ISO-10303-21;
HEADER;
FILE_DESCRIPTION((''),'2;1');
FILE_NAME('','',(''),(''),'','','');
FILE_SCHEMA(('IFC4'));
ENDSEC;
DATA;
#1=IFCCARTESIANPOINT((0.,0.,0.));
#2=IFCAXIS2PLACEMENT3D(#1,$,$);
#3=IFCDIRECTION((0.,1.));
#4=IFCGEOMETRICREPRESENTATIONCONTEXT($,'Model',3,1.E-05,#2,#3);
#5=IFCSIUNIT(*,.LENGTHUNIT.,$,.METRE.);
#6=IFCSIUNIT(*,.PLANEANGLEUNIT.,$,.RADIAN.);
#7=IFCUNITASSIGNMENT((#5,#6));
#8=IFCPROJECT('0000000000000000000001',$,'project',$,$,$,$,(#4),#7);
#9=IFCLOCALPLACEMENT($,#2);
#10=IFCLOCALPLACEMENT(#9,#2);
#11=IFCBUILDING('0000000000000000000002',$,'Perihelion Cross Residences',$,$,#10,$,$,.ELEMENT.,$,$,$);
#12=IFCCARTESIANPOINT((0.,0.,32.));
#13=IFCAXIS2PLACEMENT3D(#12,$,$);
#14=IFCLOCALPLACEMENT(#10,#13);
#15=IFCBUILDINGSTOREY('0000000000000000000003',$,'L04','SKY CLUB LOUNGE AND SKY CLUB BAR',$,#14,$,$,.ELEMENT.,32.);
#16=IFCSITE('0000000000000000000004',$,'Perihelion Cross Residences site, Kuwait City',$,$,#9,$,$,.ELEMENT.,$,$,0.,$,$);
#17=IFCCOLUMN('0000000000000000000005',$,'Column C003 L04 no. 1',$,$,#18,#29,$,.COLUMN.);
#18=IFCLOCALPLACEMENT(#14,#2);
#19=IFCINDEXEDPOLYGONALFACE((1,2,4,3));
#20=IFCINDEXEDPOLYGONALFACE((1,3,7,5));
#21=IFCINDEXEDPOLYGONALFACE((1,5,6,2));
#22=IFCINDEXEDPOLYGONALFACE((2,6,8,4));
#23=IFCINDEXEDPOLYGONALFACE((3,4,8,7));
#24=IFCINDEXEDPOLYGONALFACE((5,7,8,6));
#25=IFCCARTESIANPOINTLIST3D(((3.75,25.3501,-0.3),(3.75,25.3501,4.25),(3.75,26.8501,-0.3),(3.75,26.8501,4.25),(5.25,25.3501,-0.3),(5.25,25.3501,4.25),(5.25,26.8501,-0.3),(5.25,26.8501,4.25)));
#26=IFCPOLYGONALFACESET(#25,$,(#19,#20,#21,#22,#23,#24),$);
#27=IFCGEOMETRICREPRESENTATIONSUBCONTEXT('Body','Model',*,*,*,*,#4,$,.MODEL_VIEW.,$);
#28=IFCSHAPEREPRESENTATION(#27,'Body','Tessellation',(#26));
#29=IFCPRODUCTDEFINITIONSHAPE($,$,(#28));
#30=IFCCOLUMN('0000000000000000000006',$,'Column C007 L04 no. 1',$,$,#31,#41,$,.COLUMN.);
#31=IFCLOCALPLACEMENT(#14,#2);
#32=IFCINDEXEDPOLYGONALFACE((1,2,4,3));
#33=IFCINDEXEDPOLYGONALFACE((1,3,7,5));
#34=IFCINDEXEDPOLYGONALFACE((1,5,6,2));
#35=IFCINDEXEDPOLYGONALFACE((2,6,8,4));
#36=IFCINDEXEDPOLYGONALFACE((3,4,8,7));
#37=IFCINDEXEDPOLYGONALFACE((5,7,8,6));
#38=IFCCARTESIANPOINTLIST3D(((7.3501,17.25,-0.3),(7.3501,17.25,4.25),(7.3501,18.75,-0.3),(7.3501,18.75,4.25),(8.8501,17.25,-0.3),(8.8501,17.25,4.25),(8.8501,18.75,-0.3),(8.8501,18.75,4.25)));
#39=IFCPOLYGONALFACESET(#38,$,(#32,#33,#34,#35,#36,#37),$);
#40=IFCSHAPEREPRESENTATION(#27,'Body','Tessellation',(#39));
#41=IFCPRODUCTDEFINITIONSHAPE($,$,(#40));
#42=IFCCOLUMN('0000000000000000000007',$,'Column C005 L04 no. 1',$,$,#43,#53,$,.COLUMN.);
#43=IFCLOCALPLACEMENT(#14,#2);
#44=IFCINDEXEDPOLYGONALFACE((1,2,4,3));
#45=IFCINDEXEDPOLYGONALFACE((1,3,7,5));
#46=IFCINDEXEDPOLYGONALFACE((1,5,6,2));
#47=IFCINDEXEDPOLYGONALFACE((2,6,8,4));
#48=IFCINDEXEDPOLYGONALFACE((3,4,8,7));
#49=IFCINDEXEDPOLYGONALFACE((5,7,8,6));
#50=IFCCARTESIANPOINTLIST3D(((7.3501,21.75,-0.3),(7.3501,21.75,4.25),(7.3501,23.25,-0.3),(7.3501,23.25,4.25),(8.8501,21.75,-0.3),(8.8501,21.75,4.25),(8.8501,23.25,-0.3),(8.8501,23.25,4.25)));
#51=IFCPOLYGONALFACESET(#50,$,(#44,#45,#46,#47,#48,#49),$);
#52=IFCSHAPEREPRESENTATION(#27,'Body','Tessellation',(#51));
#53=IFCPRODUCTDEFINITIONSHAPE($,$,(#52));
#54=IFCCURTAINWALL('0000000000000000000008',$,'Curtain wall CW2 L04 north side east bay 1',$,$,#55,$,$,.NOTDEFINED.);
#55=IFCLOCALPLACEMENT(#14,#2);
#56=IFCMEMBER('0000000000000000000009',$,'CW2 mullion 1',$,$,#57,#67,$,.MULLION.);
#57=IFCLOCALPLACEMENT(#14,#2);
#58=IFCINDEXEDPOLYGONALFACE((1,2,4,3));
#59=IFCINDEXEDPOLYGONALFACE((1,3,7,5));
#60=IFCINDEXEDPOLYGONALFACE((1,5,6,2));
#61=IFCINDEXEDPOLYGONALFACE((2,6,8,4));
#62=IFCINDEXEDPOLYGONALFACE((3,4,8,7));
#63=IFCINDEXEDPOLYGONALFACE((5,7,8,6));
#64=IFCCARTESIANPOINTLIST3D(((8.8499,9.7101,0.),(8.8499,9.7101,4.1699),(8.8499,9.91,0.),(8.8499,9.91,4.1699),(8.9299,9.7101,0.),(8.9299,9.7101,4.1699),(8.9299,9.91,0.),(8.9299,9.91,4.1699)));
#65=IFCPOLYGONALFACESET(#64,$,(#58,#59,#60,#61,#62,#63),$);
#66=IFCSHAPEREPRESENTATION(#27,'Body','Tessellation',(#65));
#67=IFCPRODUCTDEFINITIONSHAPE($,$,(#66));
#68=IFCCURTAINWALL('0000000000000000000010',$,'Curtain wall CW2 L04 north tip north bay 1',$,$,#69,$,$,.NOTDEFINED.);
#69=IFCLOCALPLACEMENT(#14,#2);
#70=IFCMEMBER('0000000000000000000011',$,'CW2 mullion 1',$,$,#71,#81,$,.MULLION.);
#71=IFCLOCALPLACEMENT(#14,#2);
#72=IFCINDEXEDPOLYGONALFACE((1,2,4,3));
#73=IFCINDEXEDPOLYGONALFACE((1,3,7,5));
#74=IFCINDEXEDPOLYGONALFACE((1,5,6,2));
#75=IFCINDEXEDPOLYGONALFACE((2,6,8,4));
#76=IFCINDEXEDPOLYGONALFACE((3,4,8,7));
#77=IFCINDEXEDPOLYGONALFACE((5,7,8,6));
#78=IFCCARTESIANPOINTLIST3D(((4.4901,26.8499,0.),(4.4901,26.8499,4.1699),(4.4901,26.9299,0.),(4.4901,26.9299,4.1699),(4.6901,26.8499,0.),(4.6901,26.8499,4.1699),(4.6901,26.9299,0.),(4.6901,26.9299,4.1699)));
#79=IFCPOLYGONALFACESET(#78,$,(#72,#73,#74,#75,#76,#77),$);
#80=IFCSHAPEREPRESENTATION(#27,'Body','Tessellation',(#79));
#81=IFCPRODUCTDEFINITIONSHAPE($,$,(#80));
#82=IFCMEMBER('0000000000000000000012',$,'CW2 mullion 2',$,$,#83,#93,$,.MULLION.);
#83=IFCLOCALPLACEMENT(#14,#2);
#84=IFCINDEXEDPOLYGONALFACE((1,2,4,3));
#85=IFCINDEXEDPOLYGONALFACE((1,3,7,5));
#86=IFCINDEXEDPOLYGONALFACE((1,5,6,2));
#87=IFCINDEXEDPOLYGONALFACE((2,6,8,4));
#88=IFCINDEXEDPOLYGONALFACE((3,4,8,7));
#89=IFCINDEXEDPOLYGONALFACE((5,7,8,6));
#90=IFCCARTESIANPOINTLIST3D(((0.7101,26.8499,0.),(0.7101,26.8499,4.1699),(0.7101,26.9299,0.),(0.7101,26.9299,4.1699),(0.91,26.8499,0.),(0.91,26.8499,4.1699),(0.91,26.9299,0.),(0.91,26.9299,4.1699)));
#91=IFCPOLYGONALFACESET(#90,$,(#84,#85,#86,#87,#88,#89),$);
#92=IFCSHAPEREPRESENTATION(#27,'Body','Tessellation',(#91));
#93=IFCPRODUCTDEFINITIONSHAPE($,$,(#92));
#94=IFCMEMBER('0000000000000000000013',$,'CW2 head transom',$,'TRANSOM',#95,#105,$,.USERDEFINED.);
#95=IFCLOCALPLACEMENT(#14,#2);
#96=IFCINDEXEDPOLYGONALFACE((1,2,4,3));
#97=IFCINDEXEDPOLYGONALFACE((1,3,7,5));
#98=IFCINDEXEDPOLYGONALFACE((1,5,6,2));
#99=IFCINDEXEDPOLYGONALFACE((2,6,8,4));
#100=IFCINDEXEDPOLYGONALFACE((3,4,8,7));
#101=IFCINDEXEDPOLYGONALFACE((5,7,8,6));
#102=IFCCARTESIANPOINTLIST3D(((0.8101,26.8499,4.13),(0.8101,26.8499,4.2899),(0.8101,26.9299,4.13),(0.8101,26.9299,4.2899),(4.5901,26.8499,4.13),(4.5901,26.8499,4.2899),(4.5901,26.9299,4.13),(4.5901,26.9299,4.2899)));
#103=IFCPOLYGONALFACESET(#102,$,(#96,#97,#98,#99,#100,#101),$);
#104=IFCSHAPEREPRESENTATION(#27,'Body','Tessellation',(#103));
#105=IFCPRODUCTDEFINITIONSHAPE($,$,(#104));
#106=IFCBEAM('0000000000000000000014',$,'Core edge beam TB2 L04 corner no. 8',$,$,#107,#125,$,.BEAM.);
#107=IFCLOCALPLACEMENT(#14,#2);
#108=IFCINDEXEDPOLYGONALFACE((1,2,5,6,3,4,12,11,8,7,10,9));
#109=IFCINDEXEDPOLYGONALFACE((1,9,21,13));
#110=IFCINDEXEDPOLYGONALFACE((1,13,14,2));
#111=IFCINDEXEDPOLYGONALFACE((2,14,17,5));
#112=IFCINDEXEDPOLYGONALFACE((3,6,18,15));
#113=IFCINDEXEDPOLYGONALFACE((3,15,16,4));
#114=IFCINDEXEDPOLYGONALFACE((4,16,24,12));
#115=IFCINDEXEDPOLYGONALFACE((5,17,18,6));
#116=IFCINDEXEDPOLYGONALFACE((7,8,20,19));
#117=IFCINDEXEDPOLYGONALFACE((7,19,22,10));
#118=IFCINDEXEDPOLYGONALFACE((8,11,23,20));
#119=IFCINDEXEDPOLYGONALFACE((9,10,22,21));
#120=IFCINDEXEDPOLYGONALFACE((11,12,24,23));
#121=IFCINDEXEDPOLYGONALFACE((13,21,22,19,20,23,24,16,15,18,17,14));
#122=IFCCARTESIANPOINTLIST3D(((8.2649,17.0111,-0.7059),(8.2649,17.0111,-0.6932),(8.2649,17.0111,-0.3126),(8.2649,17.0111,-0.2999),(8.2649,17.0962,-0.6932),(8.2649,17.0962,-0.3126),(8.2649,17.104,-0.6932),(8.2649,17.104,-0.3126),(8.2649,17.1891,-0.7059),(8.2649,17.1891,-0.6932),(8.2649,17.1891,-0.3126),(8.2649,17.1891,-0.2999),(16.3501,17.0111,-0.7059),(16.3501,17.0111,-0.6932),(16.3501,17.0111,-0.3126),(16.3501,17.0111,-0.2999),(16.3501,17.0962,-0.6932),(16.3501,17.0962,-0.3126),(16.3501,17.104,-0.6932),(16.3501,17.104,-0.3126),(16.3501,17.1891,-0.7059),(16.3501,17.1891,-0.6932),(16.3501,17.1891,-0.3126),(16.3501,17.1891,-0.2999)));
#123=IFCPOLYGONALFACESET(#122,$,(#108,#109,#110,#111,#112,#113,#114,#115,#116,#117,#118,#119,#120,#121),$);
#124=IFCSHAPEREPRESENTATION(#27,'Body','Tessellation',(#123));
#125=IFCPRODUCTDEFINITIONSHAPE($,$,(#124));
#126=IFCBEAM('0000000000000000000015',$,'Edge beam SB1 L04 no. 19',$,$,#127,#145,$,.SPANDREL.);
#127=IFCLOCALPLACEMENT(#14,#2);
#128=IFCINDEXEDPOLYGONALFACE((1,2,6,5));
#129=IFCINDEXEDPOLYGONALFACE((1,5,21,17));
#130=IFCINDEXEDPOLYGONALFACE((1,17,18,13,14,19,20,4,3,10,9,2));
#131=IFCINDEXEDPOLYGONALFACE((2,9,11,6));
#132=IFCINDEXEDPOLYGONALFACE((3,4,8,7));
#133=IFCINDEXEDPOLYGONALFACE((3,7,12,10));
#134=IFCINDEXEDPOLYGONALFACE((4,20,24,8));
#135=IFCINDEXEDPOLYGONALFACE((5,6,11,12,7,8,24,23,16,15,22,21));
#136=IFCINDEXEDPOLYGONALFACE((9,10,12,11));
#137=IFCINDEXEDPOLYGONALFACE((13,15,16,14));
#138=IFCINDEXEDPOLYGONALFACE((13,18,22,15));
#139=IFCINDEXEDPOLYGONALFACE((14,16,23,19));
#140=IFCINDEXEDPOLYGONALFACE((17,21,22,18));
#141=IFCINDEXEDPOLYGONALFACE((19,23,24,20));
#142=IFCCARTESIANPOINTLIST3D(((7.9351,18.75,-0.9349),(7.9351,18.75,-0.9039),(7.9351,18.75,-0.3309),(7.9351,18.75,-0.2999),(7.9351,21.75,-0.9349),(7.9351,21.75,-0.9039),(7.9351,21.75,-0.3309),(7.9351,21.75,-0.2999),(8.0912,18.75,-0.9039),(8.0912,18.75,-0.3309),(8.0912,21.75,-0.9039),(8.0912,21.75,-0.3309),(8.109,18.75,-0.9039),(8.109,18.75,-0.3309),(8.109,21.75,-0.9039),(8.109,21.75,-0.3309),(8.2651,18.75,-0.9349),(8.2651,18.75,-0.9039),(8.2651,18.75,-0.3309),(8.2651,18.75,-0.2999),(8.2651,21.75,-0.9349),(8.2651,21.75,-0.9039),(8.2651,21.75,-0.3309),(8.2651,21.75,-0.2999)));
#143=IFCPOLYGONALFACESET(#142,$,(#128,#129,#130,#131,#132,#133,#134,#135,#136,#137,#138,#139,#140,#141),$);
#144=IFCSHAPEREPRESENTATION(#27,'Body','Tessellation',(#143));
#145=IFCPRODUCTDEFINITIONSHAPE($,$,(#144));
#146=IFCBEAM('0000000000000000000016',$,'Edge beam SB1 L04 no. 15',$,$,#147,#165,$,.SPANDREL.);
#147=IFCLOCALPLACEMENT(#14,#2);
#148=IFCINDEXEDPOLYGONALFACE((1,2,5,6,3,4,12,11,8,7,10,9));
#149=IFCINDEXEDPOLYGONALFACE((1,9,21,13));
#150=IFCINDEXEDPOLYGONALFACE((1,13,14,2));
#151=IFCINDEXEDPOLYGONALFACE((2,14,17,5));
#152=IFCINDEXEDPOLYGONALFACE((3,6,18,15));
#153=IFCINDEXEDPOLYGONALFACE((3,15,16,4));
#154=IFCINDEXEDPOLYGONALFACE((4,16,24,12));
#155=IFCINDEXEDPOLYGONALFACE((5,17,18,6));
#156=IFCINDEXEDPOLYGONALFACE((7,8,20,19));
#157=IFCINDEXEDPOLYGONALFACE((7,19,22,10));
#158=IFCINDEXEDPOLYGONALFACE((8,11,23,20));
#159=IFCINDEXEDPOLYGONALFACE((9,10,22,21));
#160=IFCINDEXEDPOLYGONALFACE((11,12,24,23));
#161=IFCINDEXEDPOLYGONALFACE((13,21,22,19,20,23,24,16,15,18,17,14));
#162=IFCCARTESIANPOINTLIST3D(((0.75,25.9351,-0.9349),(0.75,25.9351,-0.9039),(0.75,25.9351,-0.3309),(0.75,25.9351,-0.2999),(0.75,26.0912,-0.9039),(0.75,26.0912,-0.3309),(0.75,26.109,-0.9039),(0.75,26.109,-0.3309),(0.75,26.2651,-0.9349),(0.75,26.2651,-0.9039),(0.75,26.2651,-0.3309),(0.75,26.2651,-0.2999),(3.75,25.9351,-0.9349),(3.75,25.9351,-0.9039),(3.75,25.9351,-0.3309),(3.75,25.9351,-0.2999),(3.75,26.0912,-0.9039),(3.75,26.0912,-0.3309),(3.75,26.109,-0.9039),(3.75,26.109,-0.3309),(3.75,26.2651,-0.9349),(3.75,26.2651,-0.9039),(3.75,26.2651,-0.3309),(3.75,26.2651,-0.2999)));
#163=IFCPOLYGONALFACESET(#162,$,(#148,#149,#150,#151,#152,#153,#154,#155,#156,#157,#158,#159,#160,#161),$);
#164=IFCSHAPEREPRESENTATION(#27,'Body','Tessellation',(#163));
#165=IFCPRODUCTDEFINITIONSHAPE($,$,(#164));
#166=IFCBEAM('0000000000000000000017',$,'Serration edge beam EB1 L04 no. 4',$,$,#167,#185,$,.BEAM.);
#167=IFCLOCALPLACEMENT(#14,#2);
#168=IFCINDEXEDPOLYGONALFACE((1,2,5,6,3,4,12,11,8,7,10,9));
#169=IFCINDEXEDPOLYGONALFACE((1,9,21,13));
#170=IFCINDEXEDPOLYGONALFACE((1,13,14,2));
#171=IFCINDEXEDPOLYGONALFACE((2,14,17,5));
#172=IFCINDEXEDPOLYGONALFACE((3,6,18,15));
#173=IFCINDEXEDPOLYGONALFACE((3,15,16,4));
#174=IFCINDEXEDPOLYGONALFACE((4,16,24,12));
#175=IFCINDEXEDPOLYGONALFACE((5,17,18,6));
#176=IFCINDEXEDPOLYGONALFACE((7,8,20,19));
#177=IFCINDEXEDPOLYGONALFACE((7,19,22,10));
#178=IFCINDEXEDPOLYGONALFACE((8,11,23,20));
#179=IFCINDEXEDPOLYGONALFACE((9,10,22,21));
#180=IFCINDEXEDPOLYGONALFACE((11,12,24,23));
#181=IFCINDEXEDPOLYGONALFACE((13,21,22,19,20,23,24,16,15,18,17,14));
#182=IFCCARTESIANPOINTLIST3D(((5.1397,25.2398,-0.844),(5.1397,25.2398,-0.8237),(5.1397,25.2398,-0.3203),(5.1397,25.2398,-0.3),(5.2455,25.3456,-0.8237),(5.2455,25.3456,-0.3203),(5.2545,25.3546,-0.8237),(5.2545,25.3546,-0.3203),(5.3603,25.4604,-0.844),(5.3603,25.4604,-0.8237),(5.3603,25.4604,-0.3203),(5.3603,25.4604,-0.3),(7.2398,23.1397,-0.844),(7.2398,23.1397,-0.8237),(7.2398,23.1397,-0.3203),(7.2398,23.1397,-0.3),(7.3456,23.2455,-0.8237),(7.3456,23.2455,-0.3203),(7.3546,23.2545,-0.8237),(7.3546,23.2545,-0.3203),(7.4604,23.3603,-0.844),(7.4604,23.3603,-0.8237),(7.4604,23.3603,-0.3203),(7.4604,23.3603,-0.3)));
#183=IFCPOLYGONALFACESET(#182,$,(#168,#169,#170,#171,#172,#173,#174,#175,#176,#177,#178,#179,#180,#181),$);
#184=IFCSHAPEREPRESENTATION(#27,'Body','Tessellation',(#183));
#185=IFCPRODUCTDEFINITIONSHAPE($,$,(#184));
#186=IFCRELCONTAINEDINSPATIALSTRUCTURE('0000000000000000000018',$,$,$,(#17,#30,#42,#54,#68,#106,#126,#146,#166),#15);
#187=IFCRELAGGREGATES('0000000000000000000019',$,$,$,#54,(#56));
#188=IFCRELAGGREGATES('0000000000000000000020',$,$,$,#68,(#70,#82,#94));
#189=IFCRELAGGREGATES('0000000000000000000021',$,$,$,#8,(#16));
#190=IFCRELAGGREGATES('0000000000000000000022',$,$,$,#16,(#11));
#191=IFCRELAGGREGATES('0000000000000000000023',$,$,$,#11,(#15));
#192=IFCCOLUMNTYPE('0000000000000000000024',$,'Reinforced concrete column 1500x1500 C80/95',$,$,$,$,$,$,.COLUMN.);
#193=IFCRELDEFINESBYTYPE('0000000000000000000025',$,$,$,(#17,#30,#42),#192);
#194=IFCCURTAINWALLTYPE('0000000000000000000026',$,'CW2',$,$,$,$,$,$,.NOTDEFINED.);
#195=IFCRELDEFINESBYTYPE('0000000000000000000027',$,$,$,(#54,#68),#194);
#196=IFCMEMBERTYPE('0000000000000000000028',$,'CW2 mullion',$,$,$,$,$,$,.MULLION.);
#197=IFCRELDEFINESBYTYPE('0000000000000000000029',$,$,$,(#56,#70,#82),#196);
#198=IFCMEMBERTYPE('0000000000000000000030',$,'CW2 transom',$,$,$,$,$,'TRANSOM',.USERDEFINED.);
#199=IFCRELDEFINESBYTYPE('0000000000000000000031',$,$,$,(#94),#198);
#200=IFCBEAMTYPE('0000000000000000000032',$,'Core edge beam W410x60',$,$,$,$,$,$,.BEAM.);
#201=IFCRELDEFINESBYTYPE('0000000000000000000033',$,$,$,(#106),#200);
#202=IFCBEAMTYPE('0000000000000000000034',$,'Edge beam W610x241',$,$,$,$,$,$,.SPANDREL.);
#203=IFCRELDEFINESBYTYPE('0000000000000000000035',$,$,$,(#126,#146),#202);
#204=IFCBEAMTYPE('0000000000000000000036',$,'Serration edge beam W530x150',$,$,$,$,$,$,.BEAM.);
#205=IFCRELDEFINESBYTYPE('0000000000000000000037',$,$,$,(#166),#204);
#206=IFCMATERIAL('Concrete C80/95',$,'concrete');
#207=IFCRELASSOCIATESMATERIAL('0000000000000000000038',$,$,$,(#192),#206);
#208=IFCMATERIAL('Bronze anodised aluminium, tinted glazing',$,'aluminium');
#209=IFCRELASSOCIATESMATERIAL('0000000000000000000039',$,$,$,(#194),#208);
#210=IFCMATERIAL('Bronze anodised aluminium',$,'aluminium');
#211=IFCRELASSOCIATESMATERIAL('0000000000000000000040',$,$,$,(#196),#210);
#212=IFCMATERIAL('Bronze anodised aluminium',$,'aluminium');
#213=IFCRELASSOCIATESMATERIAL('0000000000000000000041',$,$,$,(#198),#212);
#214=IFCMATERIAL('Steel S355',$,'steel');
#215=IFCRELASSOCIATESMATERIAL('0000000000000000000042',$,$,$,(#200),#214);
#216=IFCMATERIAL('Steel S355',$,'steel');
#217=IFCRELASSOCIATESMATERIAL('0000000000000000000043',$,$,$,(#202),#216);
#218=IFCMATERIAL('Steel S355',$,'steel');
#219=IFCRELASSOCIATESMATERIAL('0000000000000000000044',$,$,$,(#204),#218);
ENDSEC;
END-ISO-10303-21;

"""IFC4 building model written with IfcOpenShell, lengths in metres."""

from ifc_helpers import new_model, si_unit, direction, frame, origin, origin_2d, place, context, subcontext, project, spatial, rectangle, i_section, extrude, material, material_profile, profile_set, type_object, element, aggregate, save


model = new_model("IFC4")

# Units and contexts
model_context = context("Model", 3, precision=1e-05, world=origin(), true_north=direction((0.0, 1.0)))
body_context = subcontext(model_context, "Body", "Model", "MODEL_VIEW")
ifc_project = project(units=[si_unit("LENGTHUNIT", "METRE"), si_unit("PLANEANGLEUNIT", "RADIAN")], contexts=[model_context])

# Site, building, storey
site_placement = place(None, origin())
site = spatial("IfcSite", under=ifc_project, at=site_placement, Name="Perihelion Cross Residences site, Kuwait City", CompositionType="ELEMENT", RefElevation=0.0)
building_placement = place(site_placement, origin())
building = spatial("IfcBuilding", under=site, at=building_placement, Name="Perihelion Cross Residences", CompositionType="ELEMENT")
storey_placement = place(building_placement, frame((0.0, 0.0, 32.0)))
storey = spatial("IfcBuildingStorey", under=building, at=storey_placement, Name="L04", Description="SKY CLUB LOUNGE AND SKY CLUB BAR", CompositionType="ELEMENT", Elevation=32.0)

# Columns
ifc_material_1 = material(Name="Concrete C80/95", Category="concrete")
ifc_material_profile_1 = material_profile(ifc_material_1, rectangle(XDim=1.5, YDim=1.5, at=origin_2d()), Name="RC 1500x1500")
ifc_profile_set_1 = profile_set([ifc_material_profile_1], Name="Concrete C80/95")
column_type = type_object("IfcColumnType", Name="Reinforced concrete column 1500x1500 C80/95", PredefinedType="COLUMN", material=ifc_profile_set_1)
for number, where, z_axis, x_axis, name in (
    (1, (4.5, 26.1001, -0.3), (0.0, 0.0, 1.0), (1.0, 0.0, 0.0), "Column C003 L04 no. 1"),
    (2, (8.1001, 18.0, -0.3), (0.0, 0.0, 1.0), (1.0, 0.0, 0.0), "Column C007 L04 no. 1"),
    (3, (8.1001, 22.5, -0.3), (0.0, 0.0, 1.0), (1.0, 0.0, 0.0), "Column C005 L04 no. 1"),
):
    element("IfcColumn", number, at=place(storey_placement, frame(where, z_axis=z_axis, x_axis=x_axis)), inside=storey, type_object=column_type, Name=name, PredefinedType="COLUMN", context=body_context, shape_type="SweptSolid", body=[
        extrude(rectangle(XDim=1.5, YDim=1.5, at=origin_2d()), origin(), (0.0, 0.0, 1.0), 4.55),
    ])

# Curtain wall, member
ifc_material_2 = material(Name="Bronze anodised aluminium, tinted glazing", Category="aluminium")
curtain_wall_type = type_object("IfcCurtainWallType", Name="CW2", PredefinedType="NOTDEFINED", material=ifc_material_2)
curtain_wall_1_placement = place(storey_placement, origin())
curtain_wall_1 = element("IfcCurtainWall", 4, at=curtain_wall_1_placement, inside=storey, type_object=curtain_wall_type, Name="Curtain wall CW2 L04 north side east bay 1", PredefinedType="NOTDEFINED")
ifc_material_3 = material(Name="Bronze anodised aluminium", Category="aluminium")
ifc_material_profile_2 = material_profile(ifc_material_3, rectangle(XDim=0.0801, YDim=0.2, at=origin_2d()), Name="CW2 mullion")
ifc_profile_set_2 = profile_set([ifc_material_profile_2], Name="Bronze anodised aluminium")
member_type_1 = type_object("IfcMemberType", Name="CW2 mullion", PredefinedType="MULLION", material=ifc_profile_set_2)
member_1_placement = place(storey_placement, frame((8.8899, 9.8101, 0.0), z_axis=(0.0, 0.0, 1.0), x_axis=(-1.0, 0.0, 0.0)))
member_1 = element("IfcMember", 5, at=member_1_placement, type_object=member_type_1, Name="CW2 mullion 1", PredefinedType="MULLION", context=body_context, shape_type="SweptSolid", body=[
    extrude(rectangle(XDim=0.0801, YDim=0.2, at=origin_2d()), origin(), (0.0, 0.0, 1.0), 4.1699),
])
aggregate(curtain_wall_1, [member_1])

# Curtain wall, members
curtain_wall_2_placement = place(storey_placement, origin())
curtain_wall_2 = element("IfcCurtainWall", 6, at=curtain_wall_2_placement, inside=storey, type_object=curtain_wall_type, Name="Curtain wall CW2 L04 north tip north bay 1", PredefinedType="NOTDEFINED")
member_2_placement = place(storey_placement, frame((4.5901, 26.8899, 0.0), z_axis=(0.0, 0.0, 1.0), x_axis=(0.0, -1.0, 0.0)))
member_2 = element("IfcMember", 7, at=member_2_placement, type_object=member_type_1, Name="CW2 mullion 1", PredefinedType="MULLION", context=body_context, shape_type="SweptSolid", body=[
    extrude(rectangle(XDim=0.0801, YDim=0.2, at=origin_2d()), origin(), (0.0, 0.0, 1.0), 4.1699),
])
member_3_placement = place(storey_placement, frame((0.8101, 26.8899, 0.0), z_axis=(0.0, 0.0, 1.0), x_axis=(0.0, -1.0, 0.0)))
member_3 = element("IfcMember", 8, at=member_3_placement, type_object=member_type_1, Name="CW2 mullion 2", PredefinedType="MULLION", context=body_context, shape_type="SweptSolid", body=[
    extrude(rectangle(XDim=0.0801, YDim=0.2, at=origin_2d()), origin(), (0.0, 0.0, 1.0), 4.1699),
])
ifc_material_4 = material(Name="Bronze anodised aluminium", Category="aluminium")
ifc_material_profile_3 = material_profile(ifc_material_4, rectangle(XDim=0.0801, YDim=0.1599, at=origin_2d()), Name="CW2 transom")
ifc_profile_set_3 = profile_set([ifc_material_profile_3], Name="Bronze anodised aluminium")
member_type_2 = type_object("IfcMemberType", Name="CW2 transom", ElementType="TRANSOM", PredefinedType="USERDEFINED", material=ifc_profile_set_3)
member_4_placement = place(storey_placement, frame((4.5901, 26.8899, 4.21), z_axis=(-1.0, 0.0, 0.0), x_axis=(0.0, -1.0, 0.0)))
member_4 = element("IfcMember", 9, at=member_4_placement, type_object=member_type_2, Name="CW2 head transom", ObjectType="TRANSOM", PredefinedType="USERDEFINED", context=body_context, shape_type="SweptSolid", body=[
    extrude(rectangle(XDim=0.0801, YDim=0.1599, at=origin_2d()), origin(), (0.0, 0.0, 1.0), 3.78),
])

# Beams
ifc_material_5 = material(Name="Steel S355", Category="steel")
ifc_material_profile_4 = material_profile(ifc_material_5, i_section(OverallWidth=0.178, OverallDepth=0.406, WebThickness=0.0078, FlangeThickness=0.0127, at=origin_2d()), Name="W410x60")
ifc_profile_set_4 = profile_set([ifc_material_profile_4], Name="Steel S355")
beam_type_1 = type_object("IfcBeamType", Name="Core edge beam W410x60", PredefinedType="BEAM", material=ifc_profile_set_4)
beam_1_placement = place(storey_placement, frame((8.2649, 17.1001, -0.5029), z_axis=(1.0, 0.0, 0.0), x_axis=(0.0, 1.0, 0.0)))
element("IfcBeam", 10, at=beam_1_placement, inside=storey, type_object=beam_type_1, Name="Core edge beam TB2 L04 corner no. 8", PredefinedType="BEAM", context=body_context, shape_type="SweptSolid", body=[
    extrude(i_section(OverallWidth=0.178, OverallDepth=0.406, WebThickness=0.0078, FlangeThickness=0.0127, at=origin_2d()), origin(), (0.0, 0.0, 1.0), 8.0852),
])
ifc_material_6 = material(Name="Steel S355", Category="steel")
ifc_material_profile_5 = material_profile(ifc_material_6, i_section(OverallWidth=0.3301, OverallDepth=0.635, WebThickness=0.0178, FlangeThickness=0.031, at=origin_2d()), Name="W610x241")
ifc_profile_set_5 = profile_set([ifc_material_profile_5], Name="Steel S355")
beam_type_2 = type_object("IfcBeamType", Name="Edge beam W610x241", PredefinedType="SPANDREL", material=ifc_profile_set_5)
for number, where, z_axis, x_axis, name in (
    (11, (8.1001, 18.75, -0.6174), (0.0, 1.0, 0.0), (-1.0, 0.0, 0.0), "Edge beam SB1 L04 no. 19"),
    (12, (3.75, 26.1001, -0.6174), (-1.0, 0.0, 0.0), (0.0, -1.0, 0.0), "Edge beam SB1 L04 no. 15"),
):
    element("IfcBeam", number, at=place(storey_placement, frame(where, z_axis=z_axis, x_axis=x_axis)), inside=storey, type_object=beam_type_2, Name=name, PredefinedType="SPANDREL", context=body_context, shape_type="SweptSolid", body=[
        extrude(i_section(OverallWidth=0.3301, OverallDepth=0.635, WebThickness=0.0178, FlangeThickness=0.031, at=origin_2d()), origin(), (0.0, 0.0, 1.0), 3.0),
    ])
ifc_material_7 = material(Name="Steel S355", Category="steel")
ifc_material_profile_6 = material_profile(ifc_material_7, i_section(OverallWidth=0.312, OverallDepth=0.5439, WebThickness=0.0127, FlangeThickness=0.0203, at=origin_2d()), Name="W530x150")
ifc_profile_set_6 = profile_set([ifc_material_profile_6], Name="Steel S355")
beam_type_3 = type_object("IfcBeamType", Name="Serration edge beam W530x150", PredefinedType="BEAM", material=ifc_profile_set_6)
beam_2_placement = place(storey_placement, frame((7.3501, 23.25, -0.572), z_axis=(-0.707107, 0.707107, 0.0), x_axis=(-0.707107, -0.707107, 0.0)))
element("IfcBeam", 13, at=beam_2_placement, inside=storey, type_object=beam_type_3, Name="Serration edge beam EB1 L04 no. 4", PredefinedType="BEAM", context=body_context, shape_type="SweptSolid", body=[
    extrude(i_section(OverallWidth=0.312, OverallDepth=0.5439, WebThickness=0.0127, FlangeThickness=0.0203, at=origin_2d()), origin(), (0.0, 0.0, 1.0), 2.97),
])

aggregate(curtain_wall_2, [member_2, member_3, member_4])

save(model, "model.ifc")
